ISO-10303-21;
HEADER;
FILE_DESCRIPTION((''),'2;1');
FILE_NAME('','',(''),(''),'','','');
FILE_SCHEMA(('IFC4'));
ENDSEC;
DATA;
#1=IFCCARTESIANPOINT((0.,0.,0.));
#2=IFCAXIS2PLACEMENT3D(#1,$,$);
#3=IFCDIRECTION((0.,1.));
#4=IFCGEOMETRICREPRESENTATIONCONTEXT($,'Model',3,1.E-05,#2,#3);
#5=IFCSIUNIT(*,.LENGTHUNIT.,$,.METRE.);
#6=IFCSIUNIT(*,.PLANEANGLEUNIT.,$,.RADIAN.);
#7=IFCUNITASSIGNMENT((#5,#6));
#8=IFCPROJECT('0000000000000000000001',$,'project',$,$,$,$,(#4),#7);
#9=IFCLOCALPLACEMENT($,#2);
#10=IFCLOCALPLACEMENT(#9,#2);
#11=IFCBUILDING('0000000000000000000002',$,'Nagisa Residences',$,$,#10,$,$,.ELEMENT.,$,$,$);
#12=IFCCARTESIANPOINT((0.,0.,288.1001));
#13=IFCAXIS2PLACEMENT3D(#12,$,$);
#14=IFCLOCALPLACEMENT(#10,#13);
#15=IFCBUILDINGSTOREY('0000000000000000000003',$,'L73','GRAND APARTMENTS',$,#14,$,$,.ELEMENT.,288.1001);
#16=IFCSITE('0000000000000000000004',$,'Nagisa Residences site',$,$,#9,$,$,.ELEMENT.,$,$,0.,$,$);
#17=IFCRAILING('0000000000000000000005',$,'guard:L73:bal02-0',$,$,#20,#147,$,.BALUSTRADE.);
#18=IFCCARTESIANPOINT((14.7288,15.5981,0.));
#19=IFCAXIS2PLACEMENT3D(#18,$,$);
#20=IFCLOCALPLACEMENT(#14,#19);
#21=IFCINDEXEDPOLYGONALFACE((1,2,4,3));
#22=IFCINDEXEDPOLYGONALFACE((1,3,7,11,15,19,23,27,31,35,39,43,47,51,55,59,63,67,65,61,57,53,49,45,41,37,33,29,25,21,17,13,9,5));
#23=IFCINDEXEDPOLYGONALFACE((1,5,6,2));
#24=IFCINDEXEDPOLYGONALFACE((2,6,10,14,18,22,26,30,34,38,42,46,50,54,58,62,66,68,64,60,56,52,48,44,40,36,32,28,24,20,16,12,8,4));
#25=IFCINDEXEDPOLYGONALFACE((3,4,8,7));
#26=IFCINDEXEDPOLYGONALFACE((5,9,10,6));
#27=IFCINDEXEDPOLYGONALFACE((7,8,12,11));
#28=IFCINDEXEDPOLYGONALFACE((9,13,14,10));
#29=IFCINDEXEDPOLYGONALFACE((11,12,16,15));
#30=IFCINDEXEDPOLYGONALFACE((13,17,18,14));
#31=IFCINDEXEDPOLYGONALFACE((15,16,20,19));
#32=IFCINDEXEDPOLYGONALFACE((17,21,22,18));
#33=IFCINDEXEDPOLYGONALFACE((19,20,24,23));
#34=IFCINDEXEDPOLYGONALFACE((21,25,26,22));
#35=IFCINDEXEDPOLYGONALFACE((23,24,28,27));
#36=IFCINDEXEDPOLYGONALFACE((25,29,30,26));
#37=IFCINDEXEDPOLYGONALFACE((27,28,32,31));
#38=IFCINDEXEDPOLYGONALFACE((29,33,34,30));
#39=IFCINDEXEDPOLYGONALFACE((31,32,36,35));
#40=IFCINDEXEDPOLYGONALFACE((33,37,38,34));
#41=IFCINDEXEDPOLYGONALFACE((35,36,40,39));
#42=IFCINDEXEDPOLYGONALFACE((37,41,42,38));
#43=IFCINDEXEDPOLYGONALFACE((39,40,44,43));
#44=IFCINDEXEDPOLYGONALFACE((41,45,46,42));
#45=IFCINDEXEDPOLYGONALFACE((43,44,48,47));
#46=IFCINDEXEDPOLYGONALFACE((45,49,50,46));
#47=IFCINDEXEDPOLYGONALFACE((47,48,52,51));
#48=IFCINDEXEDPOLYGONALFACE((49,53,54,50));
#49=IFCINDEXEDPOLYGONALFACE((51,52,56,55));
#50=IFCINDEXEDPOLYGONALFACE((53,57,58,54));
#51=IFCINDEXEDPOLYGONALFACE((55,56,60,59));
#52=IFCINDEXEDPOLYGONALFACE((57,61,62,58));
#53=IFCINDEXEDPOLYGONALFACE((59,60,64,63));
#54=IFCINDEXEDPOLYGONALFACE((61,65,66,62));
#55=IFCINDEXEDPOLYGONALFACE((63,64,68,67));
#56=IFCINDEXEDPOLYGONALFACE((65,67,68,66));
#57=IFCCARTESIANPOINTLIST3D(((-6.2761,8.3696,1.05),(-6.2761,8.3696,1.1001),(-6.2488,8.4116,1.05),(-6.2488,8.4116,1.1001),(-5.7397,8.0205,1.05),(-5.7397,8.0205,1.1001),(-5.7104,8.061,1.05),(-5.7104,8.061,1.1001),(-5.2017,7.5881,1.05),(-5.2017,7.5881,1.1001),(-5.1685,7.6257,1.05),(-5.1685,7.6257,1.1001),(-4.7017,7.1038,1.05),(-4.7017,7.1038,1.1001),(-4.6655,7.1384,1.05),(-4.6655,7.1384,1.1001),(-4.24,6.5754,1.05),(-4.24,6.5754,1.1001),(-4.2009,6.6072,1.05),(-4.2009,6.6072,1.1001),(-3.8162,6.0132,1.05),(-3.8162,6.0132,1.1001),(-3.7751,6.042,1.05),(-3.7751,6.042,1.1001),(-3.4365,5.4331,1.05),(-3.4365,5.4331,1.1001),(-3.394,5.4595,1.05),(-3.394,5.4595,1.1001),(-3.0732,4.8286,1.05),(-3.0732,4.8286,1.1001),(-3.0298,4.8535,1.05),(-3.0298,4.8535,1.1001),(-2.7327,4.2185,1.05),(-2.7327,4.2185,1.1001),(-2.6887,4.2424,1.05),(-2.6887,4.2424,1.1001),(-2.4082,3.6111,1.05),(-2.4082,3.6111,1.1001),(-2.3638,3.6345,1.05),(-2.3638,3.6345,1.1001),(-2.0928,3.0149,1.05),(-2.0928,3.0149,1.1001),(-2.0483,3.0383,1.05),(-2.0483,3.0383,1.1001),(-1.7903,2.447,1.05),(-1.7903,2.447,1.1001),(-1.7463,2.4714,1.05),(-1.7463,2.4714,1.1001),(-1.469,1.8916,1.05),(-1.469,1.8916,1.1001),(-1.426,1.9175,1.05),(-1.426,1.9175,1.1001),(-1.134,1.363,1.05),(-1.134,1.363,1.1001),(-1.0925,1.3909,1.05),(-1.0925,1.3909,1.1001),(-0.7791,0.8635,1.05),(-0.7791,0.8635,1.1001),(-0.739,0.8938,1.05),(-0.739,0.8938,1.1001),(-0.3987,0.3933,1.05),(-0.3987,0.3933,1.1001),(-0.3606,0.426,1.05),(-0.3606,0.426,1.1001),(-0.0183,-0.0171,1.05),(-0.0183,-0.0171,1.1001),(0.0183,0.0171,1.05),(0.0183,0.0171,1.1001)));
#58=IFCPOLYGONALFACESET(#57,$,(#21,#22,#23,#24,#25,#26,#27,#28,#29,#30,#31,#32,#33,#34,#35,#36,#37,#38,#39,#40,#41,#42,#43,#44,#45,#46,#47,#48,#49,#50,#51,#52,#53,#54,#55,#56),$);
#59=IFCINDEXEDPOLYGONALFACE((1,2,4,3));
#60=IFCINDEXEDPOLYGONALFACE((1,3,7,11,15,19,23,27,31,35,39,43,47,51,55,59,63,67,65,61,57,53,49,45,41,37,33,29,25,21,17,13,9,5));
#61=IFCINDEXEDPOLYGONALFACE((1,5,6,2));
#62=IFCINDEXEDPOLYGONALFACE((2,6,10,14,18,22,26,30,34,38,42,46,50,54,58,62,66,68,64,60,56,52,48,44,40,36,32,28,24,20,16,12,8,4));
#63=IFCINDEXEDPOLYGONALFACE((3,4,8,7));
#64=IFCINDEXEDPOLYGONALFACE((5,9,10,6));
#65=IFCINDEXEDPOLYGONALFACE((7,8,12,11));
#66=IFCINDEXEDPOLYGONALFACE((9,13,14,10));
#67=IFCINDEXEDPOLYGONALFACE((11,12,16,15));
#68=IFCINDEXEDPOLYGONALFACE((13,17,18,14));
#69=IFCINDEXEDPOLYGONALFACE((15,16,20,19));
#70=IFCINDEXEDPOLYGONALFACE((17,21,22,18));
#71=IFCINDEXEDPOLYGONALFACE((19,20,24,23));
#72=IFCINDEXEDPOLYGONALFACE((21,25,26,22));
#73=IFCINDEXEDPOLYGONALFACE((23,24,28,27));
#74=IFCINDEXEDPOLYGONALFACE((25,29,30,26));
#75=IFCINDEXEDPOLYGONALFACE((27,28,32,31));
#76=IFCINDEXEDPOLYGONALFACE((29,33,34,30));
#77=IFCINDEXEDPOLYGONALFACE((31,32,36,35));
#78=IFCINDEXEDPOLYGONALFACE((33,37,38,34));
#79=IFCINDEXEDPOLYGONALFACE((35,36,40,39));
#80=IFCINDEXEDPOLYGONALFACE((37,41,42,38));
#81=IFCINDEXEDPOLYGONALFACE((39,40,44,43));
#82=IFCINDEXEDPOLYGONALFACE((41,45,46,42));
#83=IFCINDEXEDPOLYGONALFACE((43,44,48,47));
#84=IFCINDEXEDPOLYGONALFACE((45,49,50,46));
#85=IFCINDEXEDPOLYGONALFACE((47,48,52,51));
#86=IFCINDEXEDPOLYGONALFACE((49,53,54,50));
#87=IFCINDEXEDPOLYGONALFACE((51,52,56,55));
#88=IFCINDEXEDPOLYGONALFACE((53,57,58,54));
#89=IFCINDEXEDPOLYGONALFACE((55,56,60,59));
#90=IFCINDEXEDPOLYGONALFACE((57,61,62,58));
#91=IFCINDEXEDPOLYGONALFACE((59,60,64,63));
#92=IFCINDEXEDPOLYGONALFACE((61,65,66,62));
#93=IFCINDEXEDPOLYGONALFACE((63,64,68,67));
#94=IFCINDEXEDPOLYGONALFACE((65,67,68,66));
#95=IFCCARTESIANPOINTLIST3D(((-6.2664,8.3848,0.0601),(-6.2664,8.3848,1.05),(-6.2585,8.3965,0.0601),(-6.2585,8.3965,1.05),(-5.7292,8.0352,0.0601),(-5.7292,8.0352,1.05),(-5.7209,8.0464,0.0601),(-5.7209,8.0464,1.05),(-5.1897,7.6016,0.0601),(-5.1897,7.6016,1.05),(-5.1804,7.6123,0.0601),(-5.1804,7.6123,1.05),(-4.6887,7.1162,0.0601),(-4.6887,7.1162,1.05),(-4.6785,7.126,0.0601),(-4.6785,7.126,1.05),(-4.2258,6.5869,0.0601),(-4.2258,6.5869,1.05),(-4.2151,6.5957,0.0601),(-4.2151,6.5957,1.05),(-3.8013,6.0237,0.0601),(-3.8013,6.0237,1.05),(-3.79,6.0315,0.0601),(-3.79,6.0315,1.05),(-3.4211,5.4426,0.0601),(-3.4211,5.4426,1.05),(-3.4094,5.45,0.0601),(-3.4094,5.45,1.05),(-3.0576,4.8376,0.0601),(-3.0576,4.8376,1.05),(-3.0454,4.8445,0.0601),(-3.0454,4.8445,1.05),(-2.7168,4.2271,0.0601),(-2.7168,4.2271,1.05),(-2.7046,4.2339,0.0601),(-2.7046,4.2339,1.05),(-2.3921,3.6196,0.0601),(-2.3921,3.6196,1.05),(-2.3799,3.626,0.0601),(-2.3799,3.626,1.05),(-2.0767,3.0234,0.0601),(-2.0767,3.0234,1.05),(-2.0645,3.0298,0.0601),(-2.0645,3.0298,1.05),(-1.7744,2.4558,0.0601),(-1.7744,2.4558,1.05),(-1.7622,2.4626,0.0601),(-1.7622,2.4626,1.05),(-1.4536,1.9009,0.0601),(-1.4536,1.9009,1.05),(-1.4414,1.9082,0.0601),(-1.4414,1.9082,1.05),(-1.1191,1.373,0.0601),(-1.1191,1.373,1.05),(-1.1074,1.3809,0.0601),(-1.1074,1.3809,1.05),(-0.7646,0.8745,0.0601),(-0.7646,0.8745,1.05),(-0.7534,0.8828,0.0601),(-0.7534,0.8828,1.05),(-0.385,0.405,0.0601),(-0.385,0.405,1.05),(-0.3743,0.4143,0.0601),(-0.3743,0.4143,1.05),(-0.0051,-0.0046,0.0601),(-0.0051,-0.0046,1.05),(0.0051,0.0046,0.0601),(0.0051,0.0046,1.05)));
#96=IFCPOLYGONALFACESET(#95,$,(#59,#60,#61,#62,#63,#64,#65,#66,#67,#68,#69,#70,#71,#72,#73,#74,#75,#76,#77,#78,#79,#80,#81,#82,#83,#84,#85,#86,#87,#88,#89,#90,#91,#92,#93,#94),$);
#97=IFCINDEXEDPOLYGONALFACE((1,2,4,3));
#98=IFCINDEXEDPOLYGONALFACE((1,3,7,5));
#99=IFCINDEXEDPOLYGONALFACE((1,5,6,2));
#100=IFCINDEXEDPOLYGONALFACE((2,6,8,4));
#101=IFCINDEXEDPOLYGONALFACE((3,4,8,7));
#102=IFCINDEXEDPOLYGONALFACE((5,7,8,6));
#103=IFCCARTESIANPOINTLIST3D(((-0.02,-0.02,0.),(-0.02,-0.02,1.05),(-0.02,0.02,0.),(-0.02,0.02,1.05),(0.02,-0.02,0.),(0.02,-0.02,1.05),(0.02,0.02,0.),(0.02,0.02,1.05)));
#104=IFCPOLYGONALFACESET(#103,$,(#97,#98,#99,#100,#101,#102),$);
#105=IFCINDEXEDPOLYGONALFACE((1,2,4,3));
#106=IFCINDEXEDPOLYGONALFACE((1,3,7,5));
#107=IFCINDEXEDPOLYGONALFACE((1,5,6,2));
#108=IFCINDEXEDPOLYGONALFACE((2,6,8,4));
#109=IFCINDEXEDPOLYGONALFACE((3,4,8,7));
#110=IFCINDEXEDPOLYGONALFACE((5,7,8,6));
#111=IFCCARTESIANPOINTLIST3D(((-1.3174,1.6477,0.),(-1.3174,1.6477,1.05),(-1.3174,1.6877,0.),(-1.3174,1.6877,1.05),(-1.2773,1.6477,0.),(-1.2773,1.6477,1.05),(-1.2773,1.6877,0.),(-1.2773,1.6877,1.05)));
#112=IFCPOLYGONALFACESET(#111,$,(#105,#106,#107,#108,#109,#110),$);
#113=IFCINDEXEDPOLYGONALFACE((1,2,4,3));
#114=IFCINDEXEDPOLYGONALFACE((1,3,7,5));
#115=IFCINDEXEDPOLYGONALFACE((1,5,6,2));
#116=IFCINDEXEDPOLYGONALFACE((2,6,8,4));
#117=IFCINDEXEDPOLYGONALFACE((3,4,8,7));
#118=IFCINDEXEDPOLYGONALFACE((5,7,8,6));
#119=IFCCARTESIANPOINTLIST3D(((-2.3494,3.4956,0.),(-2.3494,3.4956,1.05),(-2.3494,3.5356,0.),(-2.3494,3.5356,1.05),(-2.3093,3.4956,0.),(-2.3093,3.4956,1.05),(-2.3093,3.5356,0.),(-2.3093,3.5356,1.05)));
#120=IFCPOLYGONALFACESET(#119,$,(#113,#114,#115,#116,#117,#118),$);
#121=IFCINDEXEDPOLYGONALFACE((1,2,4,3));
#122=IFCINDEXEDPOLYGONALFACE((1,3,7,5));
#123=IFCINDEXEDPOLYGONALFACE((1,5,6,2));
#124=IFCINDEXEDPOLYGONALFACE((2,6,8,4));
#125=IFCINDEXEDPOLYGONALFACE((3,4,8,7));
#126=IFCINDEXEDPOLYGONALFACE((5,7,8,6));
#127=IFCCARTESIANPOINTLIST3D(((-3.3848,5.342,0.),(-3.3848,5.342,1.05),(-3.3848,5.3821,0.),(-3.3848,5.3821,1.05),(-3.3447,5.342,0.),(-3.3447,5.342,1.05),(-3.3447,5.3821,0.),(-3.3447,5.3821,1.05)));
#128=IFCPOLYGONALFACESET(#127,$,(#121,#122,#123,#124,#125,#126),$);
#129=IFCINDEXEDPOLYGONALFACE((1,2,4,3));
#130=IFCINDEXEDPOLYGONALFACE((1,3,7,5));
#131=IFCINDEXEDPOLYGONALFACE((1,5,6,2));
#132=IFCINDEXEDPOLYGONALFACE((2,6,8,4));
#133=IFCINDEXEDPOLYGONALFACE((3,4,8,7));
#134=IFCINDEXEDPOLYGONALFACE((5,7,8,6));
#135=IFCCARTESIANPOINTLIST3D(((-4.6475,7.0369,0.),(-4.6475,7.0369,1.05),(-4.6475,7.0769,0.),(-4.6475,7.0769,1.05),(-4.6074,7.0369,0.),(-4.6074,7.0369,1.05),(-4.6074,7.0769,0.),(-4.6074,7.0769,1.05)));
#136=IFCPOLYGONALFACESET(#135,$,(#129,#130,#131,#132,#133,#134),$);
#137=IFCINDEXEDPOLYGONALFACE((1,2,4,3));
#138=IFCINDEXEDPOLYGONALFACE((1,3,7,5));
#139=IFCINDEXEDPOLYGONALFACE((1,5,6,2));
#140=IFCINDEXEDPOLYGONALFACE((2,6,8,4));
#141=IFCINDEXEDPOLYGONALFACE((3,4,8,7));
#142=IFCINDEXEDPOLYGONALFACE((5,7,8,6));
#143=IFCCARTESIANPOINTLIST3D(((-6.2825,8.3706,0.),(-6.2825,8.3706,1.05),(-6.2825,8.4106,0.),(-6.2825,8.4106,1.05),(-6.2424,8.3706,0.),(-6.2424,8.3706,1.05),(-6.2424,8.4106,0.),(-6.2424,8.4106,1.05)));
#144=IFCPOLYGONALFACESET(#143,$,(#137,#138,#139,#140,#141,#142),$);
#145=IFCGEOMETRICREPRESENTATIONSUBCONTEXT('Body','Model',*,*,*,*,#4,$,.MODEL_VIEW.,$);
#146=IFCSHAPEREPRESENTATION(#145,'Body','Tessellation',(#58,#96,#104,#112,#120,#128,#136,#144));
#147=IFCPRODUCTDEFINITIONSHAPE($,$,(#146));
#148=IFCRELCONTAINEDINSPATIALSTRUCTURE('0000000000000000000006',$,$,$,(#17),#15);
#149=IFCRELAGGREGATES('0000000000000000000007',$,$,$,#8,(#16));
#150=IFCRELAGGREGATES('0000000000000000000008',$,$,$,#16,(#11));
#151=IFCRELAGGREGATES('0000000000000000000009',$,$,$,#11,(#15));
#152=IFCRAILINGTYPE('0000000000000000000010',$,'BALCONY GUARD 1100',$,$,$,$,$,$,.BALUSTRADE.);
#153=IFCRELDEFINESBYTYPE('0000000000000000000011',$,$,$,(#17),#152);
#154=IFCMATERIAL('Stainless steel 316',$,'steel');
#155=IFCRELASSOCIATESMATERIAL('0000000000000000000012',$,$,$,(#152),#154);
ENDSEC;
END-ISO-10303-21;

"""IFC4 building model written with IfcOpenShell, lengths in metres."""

from ifc_helpers import new_model, si_unit, direction, frame, origin, origin_2d, place, context, subcontext, project, spatial, polyline, rectangle, outline, extrude, material, type_object, element, save


model = new_model("IFC4")

# Units and contexts
model_context = context("Model", 3, precision=1e-05, world=origin(), true_north=direction((0.0, 1.0)))
body_context = subcontext(model_context, "Body", "Model", "MODEL_VIEW")
ifc_project = project(units=[si_unit("LENGTHUNIT", "METRE"), si_unit("PLANEANGLEUNIT", "RADIAN")], contexts=[model_context])

# Site, building, storey
site_placement = place(None, origin())
site = spatial("IfcSite", under=ifc_project, at=site_placement, Name="Nagisa Residences site", CompositionType="ELEMENT", RefElevation=0.0)
building_placement = place(site_placement, origin())
building = spatial("IfcBuilding", under=site, at=building_placement, Name="Nagisa Residences", CompositionType="ELEMENT")
storey_placement = place(building_placement, frame((0.0, 0.0, 288.1001)))
storey = spatial("IfcBuildingStorey", under=building, at=storey_placement, Name="L73", Description="GRAND APARTMENTS", CompositionType="ELEMENT", Elevation=288.1001)

# Railing
ifc_material_1 = material(Name="Stainless steel 316", Category="steel")
railing_type = type_object("IfcRailingType", Name="BALCONY GUARD 1100", PredefinedType="BALUSTRADE", material=ifc_material_1)
railing_1_placement = place(storey_placement, frame((14.7288, 15.5981, 0.0)))
element("IfcRailing", 1, at=railing_1_placement, inside=storey, type_object=railing_type, Name="guard:L73:bal02-0", PredefinedType="BALUSTRADE", context=body_context, shape_type="SweptSolid", body=[
    extrude(outline(polyline([(-0.3987, 0.3933), (-0.0183, -0.0171), (0.0183, 0.0171), (-0.3606, 0.426), (-0.739, 0.8938), (-1.0925, 1.3909), (-1.426, 1.9175), (-1.7463, 2.4714), (-2.0483, 3.0383), (-2.3638, 3.6345), (-2.6887, 4.2424), (-3.0298, 4.8535), (-3.394, 5.4595), (-3.7751, 6.042), (-4.2009, 6.6072), (-4.6655, 7.1384), (-5.1685, 7.6257), (-5.7104, 8.061), (-6.2488, 8.4116), (-6.2761, 8.3696), (-5.7397, 8.0205), (-5.2017, 7.5881), (-4.7017, 7.1038), (-4.24, 6.5754), (-3.8162, 6.0132), (-3.4365, 5.4331), (-3.0732, 4.8286), (-2.7327, 4.2185), (-2.4082, 3.6111), (-2.0928, 3.0149), (-1.7903, 2.447), (-1.469, 1.8916), (-1.134, 1.363), (-0.7791, 0.8635), (-0.3987, 0.3933)])), frame((0.0, 0.0, 1.05)), (0.0, 0.0, 1.0), 0.05),
    extrude(outline(polyline([(-0.385, 0.405), (-0.0051, -0.0046), (0.0051, 0.0046), (-0.3743, 0.4143), (-0.7534, 0.8828), (-1.1074, 1.3809), (-1.4414, 1.9082), (-1.7622, 2.4626), (-2.0645, 3.0298), (-2.3799, 3.626), (-2.7046, 4.2339), (-3.0454, 4.8445), (-3.4094, 5.45), (-3.79, 6.0315), (-4.2151, 6.5957), (-4.6785, 7.126), (-5.1804, 7.6123), (-5.7209, 8.0464), (-6.2585, 8.3965), (-6.2664, 8.3848), (-5.7292, 8.0352), (-5.1897, 7.6016), (-4.6887, 7.1162), (-4.2258, 6.5869), (-3.8013, 6.0237), (-3.4211, 5.4426), (-3.0576, 4.8376), (-2.7168, 4.2271), (-2.3921, 3.6196), (-2.0767, 3.0234), (-1.7744, 2.4558), (-1.4536, 1.9009), (-1.1191, 1.373), (-0.7646, 0.8745), (-0.385, 0.405)])), frame((0.0, 0.0, 0.0601)), (0.0, 0.0, 1.0), 0.99),
    extrude(rectangle(XDim=0.04, YDim=0.04, at=origin_2d()), origin(), (0.0, 0.0, 1.0), 1.05),
    extrude(rectangle(XDim=0.04, YDim=0.04, at=origin_2d()), frame((-1.2974, 1.6677, 0.0)), (0.0, 0.0, 1.0), 1.05),
    extrude(rectangle(XDim=0.04, YDim=0.04, at=origin_2d()), frame((-2.3293, 3.5156, 0.0)), (0.0, 0.0, 1.0), 1.05),
    extrude(rectangle(XDim=0.04, YDim=0.04, at=origin_2d()), frame((-3.3647, 5.3621, 0.0)), (0.0, 0.0, 1.0), 1.05),
    extrude(rectangle(XDim=0.04, YDim=0.04, at=origin_2d()), frame((-4.6274, 7.0569, 0.0)), (0.0, 0.0, 1.0), 1.05),
    extrude(rectangle(XDim=0.04, YDim=0.04, at=origin_2d()), frame((-6.2625, 8.3906, 0.0)), (0.0, 0.0, 1.0), 1.05),
])

save(model, "model.ifc")
